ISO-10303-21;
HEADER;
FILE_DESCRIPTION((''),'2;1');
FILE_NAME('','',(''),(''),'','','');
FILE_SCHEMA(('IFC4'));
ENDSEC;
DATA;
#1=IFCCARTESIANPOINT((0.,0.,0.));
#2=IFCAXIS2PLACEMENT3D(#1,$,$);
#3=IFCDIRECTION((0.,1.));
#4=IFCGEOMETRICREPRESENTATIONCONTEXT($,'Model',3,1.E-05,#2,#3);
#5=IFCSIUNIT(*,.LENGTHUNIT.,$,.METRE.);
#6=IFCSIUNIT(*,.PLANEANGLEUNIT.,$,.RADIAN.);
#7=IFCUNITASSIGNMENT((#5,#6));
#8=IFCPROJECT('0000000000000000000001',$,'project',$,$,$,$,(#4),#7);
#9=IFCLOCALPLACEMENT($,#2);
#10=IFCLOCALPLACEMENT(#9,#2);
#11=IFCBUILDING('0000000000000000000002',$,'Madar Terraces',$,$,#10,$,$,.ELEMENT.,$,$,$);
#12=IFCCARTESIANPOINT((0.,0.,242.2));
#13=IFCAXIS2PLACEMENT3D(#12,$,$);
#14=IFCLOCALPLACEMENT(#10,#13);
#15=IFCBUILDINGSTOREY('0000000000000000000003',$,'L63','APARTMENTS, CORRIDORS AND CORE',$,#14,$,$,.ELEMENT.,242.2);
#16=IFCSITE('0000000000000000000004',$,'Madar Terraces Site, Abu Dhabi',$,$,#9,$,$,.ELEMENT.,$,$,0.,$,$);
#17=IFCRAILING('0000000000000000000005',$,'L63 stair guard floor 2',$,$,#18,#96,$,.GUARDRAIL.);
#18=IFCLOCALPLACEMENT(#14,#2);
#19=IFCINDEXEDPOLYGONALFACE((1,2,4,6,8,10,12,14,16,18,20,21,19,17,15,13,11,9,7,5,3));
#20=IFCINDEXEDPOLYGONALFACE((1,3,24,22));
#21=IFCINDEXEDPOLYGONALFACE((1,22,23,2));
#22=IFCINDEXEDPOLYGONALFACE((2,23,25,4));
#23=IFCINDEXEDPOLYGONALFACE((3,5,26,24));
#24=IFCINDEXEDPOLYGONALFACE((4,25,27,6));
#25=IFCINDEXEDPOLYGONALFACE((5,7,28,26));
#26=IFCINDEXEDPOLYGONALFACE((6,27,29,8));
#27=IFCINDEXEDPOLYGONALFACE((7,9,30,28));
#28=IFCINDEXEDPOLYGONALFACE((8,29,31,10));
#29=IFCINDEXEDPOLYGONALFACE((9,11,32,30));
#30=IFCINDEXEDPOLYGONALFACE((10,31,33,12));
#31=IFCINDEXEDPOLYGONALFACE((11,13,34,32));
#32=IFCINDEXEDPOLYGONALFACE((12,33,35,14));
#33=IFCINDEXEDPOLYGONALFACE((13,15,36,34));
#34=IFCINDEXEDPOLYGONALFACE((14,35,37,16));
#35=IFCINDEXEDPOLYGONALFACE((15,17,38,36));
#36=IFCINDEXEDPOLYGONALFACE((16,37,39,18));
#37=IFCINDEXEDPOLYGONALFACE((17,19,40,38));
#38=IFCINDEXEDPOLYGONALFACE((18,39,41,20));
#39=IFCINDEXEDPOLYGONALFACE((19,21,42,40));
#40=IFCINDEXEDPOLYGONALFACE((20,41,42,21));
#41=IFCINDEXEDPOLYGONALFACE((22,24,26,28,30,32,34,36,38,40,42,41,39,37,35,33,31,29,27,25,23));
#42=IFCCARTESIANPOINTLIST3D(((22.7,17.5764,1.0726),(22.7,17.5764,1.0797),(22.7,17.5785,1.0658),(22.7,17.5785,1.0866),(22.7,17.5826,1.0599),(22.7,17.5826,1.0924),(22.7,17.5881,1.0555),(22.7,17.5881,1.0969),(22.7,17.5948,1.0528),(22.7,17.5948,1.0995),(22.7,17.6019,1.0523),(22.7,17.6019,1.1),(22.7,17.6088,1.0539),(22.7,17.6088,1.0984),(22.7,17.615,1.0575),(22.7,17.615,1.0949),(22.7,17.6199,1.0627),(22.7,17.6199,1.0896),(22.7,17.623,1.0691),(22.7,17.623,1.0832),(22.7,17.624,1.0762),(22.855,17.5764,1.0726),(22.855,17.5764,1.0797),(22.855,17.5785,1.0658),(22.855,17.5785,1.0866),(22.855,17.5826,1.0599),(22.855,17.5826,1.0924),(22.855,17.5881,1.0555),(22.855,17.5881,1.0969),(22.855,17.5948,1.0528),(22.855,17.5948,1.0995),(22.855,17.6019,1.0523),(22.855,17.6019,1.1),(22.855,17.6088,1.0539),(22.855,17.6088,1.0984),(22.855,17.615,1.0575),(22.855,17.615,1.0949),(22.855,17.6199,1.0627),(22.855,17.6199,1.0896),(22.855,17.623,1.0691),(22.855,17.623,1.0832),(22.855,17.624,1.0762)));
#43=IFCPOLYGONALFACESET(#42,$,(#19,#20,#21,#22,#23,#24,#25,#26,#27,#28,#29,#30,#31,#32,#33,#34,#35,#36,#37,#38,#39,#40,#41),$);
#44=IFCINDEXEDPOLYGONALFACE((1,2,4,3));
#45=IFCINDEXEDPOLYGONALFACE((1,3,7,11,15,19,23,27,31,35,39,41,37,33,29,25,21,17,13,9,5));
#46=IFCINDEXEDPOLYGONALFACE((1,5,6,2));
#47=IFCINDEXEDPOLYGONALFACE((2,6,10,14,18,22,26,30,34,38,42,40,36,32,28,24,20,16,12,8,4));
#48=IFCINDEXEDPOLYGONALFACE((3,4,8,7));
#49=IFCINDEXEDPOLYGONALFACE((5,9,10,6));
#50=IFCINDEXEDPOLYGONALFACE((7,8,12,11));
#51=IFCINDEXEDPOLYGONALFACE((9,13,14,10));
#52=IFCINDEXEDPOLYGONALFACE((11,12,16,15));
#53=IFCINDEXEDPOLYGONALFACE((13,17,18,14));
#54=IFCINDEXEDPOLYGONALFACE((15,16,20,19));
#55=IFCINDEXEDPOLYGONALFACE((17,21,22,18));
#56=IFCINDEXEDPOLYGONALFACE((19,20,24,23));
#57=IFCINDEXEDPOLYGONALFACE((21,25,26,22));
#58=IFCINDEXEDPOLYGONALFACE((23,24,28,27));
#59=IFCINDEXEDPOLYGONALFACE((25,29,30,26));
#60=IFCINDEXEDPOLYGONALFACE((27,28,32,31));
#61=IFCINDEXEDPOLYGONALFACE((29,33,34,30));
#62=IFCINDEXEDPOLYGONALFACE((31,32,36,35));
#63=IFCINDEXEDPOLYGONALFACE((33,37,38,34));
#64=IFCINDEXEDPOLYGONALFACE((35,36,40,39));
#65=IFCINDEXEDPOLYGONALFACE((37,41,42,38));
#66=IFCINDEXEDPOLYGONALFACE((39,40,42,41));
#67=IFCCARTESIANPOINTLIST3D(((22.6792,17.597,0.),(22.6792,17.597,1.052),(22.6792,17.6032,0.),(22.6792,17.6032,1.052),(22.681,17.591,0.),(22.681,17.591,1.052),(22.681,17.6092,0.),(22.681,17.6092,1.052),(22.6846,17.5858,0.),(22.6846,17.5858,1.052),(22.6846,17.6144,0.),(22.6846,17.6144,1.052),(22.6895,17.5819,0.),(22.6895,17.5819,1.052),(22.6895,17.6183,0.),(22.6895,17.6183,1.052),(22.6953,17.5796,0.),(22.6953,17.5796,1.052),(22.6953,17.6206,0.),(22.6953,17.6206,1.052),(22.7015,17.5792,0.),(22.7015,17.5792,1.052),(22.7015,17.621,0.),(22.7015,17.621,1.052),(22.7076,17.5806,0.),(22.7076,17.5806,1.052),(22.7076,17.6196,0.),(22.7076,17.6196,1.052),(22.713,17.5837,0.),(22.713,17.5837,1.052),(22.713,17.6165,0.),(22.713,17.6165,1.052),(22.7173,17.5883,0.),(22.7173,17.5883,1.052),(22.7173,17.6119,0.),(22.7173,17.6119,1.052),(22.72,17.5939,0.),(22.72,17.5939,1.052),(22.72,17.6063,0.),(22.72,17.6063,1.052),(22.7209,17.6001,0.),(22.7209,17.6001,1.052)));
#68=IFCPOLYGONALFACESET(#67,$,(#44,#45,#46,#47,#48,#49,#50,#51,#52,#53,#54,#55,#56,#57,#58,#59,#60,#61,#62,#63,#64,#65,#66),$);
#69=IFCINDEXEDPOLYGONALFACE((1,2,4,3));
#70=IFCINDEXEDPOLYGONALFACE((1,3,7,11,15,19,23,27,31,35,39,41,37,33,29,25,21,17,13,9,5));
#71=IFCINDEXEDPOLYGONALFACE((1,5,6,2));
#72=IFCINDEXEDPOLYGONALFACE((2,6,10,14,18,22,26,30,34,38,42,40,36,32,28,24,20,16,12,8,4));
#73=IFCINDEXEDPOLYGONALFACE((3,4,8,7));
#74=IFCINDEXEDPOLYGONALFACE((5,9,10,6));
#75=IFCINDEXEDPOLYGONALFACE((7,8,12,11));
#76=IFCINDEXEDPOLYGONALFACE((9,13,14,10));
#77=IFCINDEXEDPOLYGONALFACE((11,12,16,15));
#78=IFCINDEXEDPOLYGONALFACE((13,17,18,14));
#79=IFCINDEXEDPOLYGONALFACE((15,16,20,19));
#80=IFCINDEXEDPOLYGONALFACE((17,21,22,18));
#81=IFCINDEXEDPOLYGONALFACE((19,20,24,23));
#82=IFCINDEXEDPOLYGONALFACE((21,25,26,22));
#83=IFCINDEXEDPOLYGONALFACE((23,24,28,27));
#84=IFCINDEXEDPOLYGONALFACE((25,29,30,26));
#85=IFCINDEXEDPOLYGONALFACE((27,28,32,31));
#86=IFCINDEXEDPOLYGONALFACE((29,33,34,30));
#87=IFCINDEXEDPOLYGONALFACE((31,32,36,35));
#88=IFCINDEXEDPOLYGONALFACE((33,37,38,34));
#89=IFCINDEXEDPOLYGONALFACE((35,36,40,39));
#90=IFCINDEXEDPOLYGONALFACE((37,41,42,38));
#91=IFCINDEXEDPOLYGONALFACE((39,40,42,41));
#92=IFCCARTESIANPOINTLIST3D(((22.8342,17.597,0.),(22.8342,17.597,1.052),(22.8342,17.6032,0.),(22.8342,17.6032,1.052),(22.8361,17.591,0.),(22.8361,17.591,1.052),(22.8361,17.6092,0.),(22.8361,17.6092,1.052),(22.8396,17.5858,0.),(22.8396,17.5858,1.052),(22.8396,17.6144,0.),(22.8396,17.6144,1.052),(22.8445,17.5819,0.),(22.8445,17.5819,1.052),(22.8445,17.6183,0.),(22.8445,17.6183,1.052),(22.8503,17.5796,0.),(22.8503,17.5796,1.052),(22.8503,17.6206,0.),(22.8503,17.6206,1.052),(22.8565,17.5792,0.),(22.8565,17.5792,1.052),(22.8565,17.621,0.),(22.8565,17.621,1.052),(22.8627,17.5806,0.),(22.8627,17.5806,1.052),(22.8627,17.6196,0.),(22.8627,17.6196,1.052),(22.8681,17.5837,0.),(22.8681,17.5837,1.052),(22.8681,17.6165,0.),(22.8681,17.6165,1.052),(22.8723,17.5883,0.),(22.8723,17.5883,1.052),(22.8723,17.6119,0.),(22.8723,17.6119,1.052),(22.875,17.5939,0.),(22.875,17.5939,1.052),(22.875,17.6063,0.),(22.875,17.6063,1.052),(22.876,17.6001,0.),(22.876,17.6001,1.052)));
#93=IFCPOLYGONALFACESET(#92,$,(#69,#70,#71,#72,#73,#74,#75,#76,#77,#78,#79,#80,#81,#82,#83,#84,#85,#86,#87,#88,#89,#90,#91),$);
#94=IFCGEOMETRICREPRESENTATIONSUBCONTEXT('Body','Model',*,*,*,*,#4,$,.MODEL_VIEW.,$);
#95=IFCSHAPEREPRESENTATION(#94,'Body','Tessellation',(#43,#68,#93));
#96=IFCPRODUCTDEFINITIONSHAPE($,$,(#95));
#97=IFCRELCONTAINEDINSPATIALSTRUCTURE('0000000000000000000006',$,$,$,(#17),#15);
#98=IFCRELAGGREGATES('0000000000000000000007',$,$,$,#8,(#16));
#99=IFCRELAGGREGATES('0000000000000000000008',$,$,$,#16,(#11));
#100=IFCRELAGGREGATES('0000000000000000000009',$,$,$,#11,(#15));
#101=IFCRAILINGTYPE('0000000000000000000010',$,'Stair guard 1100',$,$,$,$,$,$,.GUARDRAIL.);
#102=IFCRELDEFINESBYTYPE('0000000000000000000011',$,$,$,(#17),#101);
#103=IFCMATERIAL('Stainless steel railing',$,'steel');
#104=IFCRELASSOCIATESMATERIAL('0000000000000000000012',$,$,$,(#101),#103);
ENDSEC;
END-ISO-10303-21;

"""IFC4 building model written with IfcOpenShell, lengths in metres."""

from ifc_helpers import new_model, si_unit, direction, frame, origin, origin_2d, place, context, subcontext, project, spatial, circle, extrude, material, type_object, element, save


model = new_model("IFC4")

# Units and contexts
model_context = context("Model", 3, precision=1e-05, world=origin(), true_north=direction((0.0, 1.0)))
body_context = subcontext(model_context, "Body", "Model", "MODEL_VIEW")
ifc_project = project(units=[si_unit("LENGTHUNIT", "METRE"), si_unit("PLANEANGLEUNIT", "RADIAN")], contexts=[model_context])

# Site, building, storey
site_placement = place(None, origin())
site = spatial("IfcSite", under=ifc_project, at=site_placement, Name="Madar Terraces Site, Abu Dhabi", CompositionType="ELEMENT", RefElevation=0.0)
building_placement = place(site_placement, origin())
building = spatial("IfcBuilding", under=site, at=building_placement, Name="Madar Terraces", CompositionType="ELEMENT")
storey_placement = place(building_placement, frame((0.0, 0.0, 242.2)))
storey = spatial("IfcBuildingStorey", under=building, at=storey_placement, Name="L63", Description="APARTMENTS, CORRIDORS AND CORE", CompositionType="ELEMENT", Elevation=242.2)

# Railing
ifc_material_1 = material(Name="Stainless steel railing", Category="steel")
railing_type_1 = type_object("IfcRailingType", Name="Stair guard 1100", PredefinedType="GUARDRAIL", material=ifc_material_1)
for number, where, name in (
    (1, (22.7, 17.6001, 0.0), "L63 stair guard floor 2"),
):
    element("IfcRailing", number, at=place(storey_placement, frame(where)), inside=storey, type_object=railing_type_1, Name=name, PredefinedType="GUARDRAIL", context=body_context, shape_type="SweptSolid", body=[
        extrude(circle(Radius=0.0239, at=origin_2d()), frame((0.0, 0.0, 1.0762), z_axis=(1.0, 0.0, 0.0), x_axis=(0.0, 1.0, 0.0)), (0.0, 0.0, 1.0), 0.155),
        extrude(circle(Radius=0.021, at=origin_2d()), origin(), (0.0, 0.0, 1.0), 1.052),
        extrude(circle(Radius=0.021, at=origin_2d()), frame((0.155, 0.0, 0.0)), (0.0, 0.0, 1.0), 1.052),
    ])

save(model, "model.ifc")
